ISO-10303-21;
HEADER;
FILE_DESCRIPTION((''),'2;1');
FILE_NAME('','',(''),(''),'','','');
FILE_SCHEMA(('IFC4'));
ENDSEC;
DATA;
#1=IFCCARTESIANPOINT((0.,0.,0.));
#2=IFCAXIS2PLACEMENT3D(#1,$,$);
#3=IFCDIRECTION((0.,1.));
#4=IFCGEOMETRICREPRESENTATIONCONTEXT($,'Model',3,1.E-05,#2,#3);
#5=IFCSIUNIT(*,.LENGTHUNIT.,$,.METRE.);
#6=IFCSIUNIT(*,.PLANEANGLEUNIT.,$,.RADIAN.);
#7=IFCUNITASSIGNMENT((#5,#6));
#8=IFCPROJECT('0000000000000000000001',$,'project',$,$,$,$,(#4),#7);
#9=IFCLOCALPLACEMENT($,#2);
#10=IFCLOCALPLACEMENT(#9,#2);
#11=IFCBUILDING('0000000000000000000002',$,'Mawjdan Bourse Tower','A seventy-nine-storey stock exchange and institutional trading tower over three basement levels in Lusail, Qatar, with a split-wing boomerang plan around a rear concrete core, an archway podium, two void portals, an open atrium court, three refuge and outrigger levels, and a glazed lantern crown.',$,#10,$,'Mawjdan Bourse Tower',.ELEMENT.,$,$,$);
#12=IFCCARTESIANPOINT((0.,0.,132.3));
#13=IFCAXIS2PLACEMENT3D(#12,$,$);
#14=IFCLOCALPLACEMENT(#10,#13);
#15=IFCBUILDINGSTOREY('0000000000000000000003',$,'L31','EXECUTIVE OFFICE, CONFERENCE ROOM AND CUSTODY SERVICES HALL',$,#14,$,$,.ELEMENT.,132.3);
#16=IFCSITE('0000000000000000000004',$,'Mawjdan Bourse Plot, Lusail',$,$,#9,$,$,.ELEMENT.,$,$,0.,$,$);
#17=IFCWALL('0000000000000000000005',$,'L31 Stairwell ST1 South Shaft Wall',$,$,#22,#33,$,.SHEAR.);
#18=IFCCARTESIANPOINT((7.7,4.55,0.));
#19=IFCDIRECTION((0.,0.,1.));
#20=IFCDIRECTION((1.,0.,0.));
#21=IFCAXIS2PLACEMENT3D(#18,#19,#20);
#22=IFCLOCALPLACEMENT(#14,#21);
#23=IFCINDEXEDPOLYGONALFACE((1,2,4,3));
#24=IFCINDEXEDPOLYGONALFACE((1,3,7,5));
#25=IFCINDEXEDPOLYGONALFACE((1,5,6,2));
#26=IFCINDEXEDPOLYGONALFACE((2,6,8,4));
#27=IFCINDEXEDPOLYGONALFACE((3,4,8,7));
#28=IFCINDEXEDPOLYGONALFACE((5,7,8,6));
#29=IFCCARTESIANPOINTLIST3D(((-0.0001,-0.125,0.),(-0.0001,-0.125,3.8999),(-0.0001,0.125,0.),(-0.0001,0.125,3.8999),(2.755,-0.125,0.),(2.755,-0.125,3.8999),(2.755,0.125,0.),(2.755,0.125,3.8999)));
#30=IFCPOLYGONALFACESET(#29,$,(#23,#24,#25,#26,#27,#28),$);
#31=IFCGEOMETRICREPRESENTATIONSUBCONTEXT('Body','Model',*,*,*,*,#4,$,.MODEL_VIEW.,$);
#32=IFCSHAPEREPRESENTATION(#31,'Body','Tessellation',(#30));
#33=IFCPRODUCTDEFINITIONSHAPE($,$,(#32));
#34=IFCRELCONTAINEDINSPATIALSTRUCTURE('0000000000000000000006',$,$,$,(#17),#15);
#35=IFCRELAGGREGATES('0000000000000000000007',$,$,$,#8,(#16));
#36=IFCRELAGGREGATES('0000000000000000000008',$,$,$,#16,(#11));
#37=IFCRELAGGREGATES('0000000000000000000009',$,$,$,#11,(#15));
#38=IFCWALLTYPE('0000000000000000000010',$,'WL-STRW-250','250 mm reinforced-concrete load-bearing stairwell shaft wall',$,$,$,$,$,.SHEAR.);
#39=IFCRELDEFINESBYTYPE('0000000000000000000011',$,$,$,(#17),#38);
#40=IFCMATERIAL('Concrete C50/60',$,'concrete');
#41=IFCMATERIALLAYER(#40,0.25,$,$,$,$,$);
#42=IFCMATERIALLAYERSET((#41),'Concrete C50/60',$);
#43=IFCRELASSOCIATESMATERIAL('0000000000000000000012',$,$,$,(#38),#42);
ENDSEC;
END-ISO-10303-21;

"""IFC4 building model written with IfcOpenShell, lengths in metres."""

from ifc_helpers import new_model, si_unit, direction, frame, frame_2d, origin, place, context, subcontext, project, spatial, rectangle, extrude, material, layer, layer_set, type_object, element, save


model = new_model("IFC4")

# Units and contexts
model_context = context("Model", 3, precision=1e-05, world=origin(), true_north=direction((0.0, 1.0)))
body_context = subcontext(model_context, "Body", "Model", "MODEL_VIEW")
ifc_project = project(units=[si_unit("LENGTHUNIT", "METRE"), si_unit("PLANEANGLEUNIT", "RADIAN")], contexts=[model_context])

# Site, building, storey
site_placement = place(None, origin())
site = spatial("IfcSite", under=ifc_project, at=site_placement, Name="Mawjdan Bourse Plot, Lusail", CompositionType="ELEMENT", RefElevation=0.0)
building_placement = place(site_placement, origin())
building = spatial("IfcBuilding", under=site, at=building_placement, Name="Mawjdan Bourse Tower", Description="A seventy-nine-storey stock exchange and institutional trading tower over three basement levels in Lusail, Qatar, with a split-wing boomerang plan around a rear concrete core, an archway podium, two void portals, an open atrium court, three refuge and outrigger levels, and a glazed lantern crown.", LongName="Mawjdan Bourse Tower", CompositionType="ELEMENT")
storey_placement = place(building_placement, frame((0.0, 0.0, 132.3)))
storey = spatial("IfcBuildingStorey", under=building, at=storey_placement, Name="L31", Description="EXECUTIVE OFFICE, CONFERENCE ROOM AND CUSTODY SERVICES HALL", CompositionType="ELEMENT", Elevation=132.3)

# Shared definitions
ifc_material_1 = material(Name="Concrete C50/60", Category="concrete")

# Wall
ifc_layer_1 = layer(ifc_material_1, 0.25)
ifc_layer_set_1 = layer_set([ifc_layer_1], Name="Concrete C50/60")
wall_type_1 = type_object("IfcWallType", Name="WL-STRW-250", Description="250 mm reinforced-concrete load-bearing stairwell shaft wall", PredefinedType="SHEAR", material=ifc_layer_set_1)
wall_1_placement = place(storey_placement, frame((7.7, 4.55, 0.0), z_axis=(0.0, 0.0, 1.0), x_axis=(1.0, 0.0, 0.0)))
element("IfcWall", 1, at=wall_1_placement, inside=storey, type_object=wall_type_1, Name="L31 Stairwell ST1 South Shaft Wall", PredefinedType="SHEAR", context=body_context, shape_type="SweptSolid", body=[
    extrude(rectangle(XDim=2.7551, YDim=0.25, at=frame_2d((1.3774, 0.0))), origin(), (0.0, 0.0, 1.0), 3.8999),
])

save(model, "model.ifc")
